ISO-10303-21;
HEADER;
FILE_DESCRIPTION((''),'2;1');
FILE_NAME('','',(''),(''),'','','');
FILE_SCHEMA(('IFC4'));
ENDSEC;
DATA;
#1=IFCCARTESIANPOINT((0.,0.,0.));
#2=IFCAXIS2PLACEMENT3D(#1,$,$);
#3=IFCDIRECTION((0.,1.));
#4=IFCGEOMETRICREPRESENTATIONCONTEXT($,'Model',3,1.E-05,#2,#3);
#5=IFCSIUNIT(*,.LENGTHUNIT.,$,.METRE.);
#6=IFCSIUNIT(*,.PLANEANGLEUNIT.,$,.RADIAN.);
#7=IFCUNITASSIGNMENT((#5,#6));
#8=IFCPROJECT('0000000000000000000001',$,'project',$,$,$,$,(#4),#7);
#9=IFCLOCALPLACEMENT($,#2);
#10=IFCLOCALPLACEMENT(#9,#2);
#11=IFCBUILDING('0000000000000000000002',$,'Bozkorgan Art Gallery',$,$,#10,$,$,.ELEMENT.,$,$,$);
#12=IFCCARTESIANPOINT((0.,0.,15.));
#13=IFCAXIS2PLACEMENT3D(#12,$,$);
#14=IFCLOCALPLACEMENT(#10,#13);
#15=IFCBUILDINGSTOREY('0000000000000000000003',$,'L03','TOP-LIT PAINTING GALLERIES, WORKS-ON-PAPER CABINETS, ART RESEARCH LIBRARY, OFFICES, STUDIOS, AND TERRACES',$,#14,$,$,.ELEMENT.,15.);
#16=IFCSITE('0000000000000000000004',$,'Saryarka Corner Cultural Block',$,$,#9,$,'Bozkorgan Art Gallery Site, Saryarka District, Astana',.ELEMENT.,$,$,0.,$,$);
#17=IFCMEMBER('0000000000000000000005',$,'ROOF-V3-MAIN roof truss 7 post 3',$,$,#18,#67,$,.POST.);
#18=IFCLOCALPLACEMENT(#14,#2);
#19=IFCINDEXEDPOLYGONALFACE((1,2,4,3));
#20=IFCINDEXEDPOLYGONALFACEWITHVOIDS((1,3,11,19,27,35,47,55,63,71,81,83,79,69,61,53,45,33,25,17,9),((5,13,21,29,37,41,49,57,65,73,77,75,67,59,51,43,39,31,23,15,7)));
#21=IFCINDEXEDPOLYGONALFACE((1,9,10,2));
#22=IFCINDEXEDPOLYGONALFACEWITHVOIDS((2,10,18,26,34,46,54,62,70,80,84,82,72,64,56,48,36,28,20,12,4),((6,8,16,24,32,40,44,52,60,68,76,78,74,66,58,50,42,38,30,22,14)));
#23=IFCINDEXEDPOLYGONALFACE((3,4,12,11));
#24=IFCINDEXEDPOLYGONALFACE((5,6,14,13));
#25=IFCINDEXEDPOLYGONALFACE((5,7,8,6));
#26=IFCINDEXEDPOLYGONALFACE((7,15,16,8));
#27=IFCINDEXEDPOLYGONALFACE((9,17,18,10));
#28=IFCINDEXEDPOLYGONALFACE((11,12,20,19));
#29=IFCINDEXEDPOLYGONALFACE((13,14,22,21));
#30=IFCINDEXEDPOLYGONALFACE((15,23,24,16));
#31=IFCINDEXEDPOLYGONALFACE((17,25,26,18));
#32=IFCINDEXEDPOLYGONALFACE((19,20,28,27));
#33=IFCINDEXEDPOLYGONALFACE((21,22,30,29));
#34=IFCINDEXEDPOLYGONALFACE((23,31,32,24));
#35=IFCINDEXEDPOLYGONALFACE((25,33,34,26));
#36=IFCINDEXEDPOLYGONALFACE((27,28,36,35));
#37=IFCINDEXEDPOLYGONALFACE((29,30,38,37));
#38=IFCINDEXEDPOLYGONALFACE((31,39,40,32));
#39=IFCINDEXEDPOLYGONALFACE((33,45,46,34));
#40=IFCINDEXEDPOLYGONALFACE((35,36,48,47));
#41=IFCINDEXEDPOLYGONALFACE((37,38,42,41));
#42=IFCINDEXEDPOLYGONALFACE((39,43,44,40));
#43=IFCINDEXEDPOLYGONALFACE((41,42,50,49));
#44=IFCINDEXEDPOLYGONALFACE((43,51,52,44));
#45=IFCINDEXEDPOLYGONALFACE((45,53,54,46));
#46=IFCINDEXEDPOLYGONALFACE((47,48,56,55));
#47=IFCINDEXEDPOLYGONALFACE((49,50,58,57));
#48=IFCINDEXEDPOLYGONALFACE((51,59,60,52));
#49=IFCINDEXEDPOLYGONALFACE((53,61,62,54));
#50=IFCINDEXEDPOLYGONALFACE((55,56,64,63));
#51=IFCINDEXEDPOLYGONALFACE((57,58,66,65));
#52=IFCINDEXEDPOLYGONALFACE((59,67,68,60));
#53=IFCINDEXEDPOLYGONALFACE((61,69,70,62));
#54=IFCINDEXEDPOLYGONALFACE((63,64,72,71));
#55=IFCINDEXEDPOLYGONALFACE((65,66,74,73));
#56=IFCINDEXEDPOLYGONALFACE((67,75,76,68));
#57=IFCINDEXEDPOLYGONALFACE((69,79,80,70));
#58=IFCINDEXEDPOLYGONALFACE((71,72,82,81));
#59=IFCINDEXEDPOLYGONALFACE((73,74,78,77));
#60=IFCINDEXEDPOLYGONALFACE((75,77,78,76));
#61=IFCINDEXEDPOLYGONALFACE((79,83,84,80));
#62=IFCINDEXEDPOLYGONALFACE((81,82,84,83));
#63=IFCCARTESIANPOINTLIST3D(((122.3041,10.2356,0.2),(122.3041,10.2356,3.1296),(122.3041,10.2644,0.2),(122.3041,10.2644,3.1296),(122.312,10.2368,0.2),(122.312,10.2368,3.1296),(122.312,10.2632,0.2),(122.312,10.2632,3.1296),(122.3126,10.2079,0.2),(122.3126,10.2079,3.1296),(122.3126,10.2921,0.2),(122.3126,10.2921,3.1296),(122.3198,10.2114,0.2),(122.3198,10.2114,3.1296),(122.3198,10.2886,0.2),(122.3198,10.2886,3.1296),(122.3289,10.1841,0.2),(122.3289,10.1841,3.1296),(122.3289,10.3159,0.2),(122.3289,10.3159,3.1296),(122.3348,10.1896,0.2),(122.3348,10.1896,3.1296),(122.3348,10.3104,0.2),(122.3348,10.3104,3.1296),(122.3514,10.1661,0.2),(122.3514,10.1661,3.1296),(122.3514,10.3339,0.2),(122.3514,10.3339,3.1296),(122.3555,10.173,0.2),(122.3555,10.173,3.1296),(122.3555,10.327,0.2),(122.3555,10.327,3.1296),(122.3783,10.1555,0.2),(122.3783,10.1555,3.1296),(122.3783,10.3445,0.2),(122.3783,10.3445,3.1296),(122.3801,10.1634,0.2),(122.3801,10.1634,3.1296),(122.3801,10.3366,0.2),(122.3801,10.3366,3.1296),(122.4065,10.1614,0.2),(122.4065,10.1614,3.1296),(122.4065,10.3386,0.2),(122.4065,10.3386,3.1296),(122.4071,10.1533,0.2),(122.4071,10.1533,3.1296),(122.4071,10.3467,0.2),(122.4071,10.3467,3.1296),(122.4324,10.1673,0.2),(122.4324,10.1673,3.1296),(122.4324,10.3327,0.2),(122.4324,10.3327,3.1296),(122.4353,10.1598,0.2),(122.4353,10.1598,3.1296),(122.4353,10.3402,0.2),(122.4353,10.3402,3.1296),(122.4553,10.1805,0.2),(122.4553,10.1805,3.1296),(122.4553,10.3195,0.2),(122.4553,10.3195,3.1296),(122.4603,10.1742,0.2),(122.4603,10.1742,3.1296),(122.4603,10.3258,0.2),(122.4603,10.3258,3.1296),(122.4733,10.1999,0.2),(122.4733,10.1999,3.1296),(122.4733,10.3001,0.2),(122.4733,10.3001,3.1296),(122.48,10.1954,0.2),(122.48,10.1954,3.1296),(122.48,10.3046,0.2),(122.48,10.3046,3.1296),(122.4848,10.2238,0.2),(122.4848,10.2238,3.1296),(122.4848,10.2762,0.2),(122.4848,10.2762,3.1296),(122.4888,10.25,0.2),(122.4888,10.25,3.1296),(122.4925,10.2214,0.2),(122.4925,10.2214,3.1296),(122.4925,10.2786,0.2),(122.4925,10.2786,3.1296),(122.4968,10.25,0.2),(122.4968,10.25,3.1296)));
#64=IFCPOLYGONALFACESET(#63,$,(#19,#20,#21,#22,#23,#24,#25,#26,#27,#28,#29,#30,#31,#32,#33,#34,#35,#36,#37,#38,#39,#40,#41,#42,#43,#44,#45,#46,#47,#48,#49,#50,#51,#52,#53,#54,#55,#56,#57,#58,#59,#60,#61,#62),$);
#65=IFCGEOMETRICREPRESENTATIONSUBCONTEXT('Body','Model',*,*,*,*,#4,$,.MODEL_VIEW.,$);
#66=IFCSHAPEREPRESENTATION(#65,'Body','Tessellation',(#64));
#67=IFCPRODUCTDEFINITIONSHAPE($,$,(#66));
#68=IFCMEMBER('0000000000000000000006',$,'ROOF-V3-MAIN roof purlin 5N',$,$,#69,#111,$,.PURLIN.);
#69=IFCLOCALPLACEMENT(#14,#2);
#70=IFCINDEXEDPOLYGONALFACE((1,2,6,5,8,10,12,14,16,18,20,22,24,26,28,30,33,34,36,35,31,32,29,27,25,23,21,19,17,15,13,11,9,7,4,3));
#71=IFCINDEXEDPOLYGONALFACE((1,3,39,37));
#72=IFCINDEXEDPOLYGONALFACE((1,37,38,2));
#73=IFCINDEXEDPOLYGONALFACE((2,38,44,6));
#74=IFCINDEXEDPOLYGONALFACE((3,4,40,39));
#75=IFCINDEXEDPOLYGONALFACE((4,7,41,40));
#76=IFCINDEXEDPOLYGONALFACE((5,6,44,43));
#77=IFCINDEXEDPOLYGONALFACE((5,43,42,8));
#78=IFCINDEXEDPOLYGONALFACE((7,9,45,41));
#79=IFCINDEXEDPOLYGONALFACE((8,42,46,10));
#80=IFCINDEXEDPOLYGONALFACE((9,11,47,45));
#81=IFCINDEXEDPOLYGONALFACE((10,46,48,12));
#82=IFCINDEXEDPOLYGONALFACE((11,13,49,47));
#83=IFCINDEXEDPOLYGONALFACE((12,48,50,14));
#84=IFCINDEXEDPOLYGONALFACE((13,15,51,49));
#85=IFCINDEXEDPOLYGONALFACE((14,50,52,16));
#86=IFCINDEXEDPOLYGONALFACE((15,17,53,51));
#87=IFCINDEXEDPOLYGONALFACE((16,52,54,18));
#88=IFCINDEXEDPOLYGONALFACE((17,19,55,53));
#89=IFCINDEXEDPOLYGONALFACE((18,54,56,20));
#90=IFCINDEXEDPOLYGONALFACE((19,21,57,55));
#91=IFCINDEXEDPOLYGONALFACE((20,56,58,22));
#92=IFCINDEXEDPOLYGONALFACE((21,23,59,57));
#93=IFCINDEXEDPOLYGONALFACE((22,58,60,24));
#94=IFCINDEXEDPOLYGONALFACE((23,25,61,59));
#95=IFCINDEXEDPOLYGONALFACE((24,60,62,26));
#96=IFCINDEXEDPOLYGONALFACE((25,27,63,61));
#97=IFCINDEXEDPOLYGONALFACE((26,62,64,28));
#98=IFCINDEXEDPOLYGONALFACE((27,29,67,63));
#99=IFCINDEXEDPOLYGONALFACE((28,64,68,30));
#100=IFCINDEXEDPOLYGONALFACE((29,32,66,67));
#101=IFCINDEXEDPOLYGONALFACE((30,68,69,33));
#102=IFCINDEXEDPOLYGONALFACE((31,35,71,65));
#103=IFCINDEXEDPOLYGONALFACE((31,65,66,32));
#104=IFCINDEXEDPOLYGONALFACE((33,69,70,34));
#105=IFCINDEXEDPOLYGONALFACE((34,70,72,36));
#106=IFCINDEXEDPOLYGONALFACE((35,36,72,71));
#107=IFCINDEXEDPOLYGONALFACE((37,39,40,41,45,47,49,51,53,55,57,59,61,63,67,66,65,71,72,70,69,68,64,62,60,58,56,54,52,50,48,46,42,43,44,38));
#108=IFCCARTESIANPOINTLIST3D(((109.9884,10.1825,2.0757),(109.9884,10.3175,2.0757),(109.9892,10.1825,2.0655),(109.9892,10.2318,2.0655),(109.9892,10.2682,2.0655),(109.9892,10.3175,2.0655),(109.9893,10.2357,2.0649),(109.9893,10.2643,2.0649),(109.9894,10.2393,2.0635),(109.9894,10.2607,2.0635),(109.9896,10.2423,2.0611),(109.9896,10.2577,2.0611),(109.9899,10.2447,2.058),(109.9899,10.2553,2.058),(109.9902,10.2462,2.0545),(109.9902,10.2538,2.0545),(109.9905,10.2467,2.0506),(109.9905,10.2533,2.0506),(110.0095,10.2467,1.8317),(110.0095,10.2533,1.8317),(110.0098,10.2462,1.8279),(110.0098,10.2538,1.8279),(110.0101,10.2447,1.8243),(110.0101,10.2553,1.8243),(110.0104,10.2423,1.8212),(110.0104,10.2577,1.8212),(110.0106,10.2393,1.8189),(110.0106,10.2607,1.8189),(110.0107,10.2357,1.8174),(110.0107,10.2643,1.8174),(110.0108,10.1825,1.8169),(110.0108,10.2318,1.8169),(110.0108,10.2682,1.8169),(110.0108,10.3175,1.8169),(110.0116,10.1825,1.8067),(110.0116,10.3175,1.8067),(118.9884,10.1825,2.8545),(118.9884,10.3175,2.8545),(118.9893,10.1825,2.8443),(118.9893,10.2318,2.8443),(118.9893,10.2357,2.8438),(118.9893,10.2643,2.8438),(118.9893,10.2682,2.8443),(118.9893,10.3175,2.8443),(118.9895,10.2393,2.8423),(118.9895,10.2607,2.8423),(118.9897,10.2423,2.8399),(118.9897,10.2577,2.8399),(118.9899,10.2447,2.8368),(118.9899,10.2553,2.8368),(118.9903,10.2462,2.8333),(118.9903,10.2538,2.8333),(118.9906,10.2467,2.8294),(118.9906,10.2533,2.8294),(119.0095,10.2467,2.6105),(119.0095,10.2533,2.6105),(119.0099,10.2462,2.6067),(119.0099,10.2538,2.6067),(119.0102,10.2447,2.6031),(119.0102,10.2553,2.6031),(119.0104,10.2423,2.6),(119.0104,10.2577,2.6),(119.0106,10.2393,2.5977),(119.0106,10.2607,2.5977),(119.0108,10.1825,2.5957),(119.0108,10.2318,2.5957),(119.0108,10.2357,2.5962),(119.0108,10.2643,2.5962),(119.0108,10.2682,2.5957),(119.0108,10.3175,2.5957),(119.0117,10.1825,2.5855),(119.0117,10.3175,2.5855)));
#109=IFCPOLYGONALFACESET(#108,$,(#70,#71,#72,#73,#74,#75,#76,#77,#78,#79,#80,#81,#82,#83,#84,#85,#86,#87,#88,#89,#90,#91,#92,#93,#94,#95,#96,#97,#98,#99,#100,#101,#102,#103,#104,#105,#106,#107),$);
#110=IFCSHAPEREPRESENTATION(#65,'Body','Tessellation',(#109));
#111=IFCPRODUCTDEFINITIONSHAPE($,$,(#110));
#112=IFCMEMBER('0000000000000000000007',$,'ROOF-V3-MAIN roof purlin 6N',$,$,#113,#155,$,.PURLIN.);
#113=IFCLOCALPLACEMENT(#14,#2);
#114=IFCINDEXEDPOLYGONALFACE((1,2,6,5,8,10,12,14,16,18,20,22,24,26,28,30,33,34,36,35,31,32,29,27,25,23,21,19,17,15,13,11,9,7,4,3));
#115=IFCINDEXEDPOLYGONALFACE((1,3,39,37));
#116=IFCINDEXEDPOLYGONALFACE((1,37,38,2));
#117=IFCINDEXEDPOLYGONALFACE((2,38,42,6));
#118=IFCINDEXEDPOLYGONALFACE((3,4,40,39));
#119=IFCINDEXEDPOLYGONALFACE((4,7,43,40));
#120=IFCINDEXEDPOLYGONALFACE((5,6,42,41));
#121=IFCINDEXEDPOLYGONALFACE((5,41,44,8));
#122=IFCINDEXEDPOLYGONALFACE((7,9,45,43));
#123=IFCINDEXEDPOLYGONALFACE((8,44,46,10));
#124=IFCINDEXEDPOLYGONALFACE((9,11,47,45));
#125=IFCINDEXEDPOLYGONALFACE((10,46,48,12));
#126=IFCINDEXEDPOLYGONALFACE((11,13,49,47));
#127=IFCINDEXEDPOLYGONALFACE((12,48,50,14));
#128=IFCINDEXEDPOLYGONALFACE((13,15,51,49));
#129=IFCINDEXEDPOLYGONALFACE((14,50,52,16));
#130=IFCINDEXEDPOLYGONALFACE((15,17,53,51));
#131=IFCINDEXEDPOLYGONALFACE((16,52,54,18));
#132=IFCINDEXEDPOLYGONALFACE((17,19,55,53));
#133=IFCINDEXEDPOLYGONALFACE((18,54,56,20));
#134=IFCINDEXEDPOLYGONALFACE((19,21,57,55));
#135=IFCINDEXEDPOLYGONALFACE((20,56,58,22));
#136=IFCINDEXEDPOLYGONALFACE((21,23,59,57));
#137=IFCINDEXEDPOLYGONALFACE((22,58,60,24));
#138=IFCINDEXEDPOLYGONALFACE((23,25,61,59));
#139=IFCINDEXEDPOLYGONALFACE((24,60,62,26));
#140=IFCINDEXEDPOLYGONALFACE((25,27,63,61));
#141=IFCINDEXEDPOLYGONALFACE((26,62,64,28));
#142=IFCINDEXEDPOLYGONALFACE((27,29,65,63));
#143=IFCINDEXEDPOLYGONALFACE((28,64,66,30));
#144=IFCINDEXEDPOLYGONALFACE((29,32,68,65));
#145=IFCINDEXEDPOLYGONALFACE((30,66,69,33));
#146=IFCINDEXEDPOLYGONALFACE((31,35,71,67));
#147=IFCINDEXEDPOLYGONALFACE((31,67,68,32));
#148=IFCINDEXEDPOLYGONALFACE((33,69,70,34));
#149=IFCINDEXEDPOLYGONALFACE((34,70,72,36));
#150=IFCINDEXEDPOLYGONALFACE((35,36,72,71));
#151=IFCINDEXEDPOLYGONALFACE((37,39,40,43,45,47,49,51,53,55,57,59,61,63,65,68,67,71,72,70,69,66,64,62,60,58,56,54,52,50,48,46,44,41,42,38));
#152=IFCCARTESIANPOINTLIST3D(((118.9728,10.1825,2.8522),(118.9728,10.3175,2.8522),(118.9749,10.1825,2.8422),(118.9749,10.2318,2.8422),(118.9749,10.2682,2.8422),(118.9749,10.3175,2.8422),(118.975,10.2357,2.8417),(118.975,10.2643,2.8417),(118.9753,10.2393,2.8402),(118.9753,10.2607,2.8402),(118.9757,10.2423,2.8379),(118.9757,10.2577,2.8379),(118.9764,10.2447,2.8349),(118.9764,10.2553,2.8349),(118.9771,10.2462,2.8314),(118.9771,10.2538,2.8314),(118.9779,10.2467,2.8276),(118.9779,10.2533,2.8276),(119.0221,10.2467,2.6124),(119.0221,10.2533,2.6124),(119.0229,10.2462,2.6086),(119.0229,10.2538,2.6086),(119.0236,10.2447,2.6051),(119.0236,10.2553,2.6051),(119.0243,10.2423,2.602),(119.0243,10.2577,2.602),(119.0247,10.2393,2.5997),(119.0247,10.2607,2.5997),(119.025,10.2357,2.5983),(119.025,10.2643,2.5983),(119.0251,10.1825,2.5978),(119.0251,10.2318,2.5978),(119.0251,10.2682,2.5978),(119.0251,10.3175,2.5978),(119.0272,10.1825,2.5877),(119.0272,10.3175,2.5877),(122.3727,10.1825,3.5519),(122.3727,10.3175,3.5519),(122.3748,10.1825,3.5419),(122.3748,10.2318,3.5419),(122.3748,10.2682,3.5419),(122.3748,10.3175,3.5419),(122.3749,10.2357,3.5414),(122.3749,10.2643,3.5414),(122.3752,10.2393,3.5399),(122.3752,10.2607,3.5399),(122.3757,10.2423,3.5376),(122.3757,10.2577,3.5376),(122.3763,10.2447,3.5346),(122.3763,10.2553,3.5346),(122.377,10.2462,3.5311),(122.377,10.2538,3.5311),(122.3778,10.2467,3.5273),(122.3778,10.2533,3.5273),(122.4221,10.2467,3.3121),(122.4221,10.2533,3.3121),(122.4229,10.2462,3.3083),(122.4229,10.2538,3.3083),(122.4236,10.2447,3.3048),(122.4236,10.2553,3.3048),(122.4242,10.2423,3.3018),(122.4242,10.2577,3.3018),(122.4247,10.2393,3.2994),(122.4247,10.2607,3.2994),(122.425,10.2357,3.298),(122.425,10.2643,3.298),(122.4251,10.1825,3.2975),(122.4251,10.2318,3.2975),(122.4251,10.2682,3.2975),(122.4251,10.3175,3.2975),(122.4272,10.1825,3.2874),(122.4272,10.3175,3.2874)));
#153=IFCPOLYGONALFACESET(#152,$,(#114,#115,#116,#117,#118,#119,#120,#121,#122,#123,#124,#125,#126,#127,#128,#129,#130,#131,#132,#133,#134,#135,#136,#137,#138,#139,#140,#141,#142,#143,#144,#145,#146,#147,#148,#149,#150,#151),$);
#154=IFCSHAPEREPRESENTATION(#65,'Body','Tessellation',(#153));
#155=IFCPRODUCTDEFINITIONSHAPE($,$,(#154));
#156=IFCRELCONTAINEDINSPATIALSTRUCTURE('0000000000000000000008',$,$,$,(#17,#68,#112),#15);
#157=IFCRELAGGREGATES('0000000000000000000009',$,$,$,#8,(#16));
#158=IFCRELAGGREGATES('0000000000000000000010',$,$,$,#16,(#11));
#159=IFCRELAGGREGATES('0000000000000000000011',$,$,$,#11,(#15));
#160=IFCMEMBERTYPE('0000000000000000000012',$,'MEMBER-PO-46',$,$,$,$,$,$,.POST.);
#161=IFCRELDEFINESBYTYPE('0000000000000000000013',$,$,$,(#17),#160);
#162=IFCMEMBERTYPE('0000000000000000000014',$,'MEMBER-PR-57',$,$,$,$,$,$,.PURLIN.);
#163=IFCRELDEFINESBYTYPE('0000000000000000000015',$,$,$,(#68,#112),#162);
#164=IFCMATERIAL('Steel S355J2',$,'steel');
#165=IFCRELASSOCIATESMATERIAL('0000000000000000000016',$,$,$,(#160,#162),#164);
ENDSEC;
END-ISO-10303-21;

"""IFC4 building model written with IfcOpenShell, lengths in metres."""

from ifc_helpers import new_model, si_unit, direction, frame, origin, origin_2d, place, context, subcontext, project, spatial, hollow_circle, i_section, extrude, material, material_profile, profile_set, type_object, element, save


model = new_model("IFC4")

# Units and contexts
model_context = context("Model", 3, precision=1e-05, world=origin(), true_north=direction((0.0, 1.0)))
body_context = subcontext(model_context, "Body", "Model", "MODEL_VIEW")
ifc_project = project(units=[si_unit("LENGTHUNIT", "METRE"), si_unit("PLANEANGLEUNIT", "RADIAN")], contexts=[model_context])

# Site, building, storey
site_placement = place(None, origin())
site = spatial("IfcSite", under=ifc_project, at=site_placement, Name="Saryarka Corner Cultural Block", LongName="Bozkorgan Art Gallery Site, Saryarka District, Astana", CompositionType="ELEMENT", RefElevation=0.0)
building_placement = place(site_placement, origin())
building = spatial("IfcBuilding", under=site, at=building_placement, Name="Bozkorgan Art Gallery", CompositionType="ELEMENT")
storey_placement = place(building_placement, frame((0.0, 0.0, 15.0)))
storey = spatial("IfcBuildingStorey", under=building, at=storey_placement, Name="L03", Description="TOP-LIT PAINTING GALLERIES, WORKS-ON-PAPER CABINETS, ART RESEARCH LIBRARY, OFFICES, STUDIOS, AND TERRACES", CompositionType="ELEMENT", Elevation=15.0)

# Shared definitions
ifc_material_1 = material(Name="Steel S355J2", Category="steel")

# Members
ifc_material_profile_1 = material_profile(ifc_material_1, hollow_circle(Radius=0.0969, WallThickness=0.0081, at=origin_2d()), Name="CHS 193.7x8")
ifc_profile_set_1 = profile_set([ifc_material_profile_1], Name="Steel S355J2")
member_type_1 = type_object("IfcMemberType", Name="MEMBER-PO-46", PredefinedType="POST", material=ifc_profile_set_1)
member_1_placement = place(storey_placement, frame((122.3999, 10.25, 0.2), z_axis=(0.0, 0.0, 1.0), x_axis=(1.0, 0.0, 0.0)))
element("IfcMember", 1, at=member_1_placement, inside=storey, type_object=member_type_1, Name="ROOF-V3-MAIN roof truss 7 post 3", PredefinedType="POST", context=body_context, shape_type="SweptSolid", body=[
    extrude(hollow_circle(Radius=0.0969, WallThickness=0.0081, at=origin_2d()), origin(), (0.0, 0.0, 1.0), 2.9297),
])
ifc_material_profile_2 = material_profile(ifc_material_1, i_section(OverallWidth=0.135, OverallDepth=0.27, WebThickness=0.0066, FlangeThickness=0.0103, FilletRadius=0.0149, at=origin_2d()), Name="IPE 270")
ifc_profile_set_2 = profile_set([ifc_material_profile_2], Name="Steel S355J2")
member_type_2 = type_object("IfcMemberType", Name="MEMBER-PR-57", PredefinedType="PURLIN", material=ifc_profile_set_2)
member_2_placement = place(storey_placement, frame((110.0, 10.25, 1.9412), z_axis=(0.996277, 0.0, 0.086212), x_axis=(0.0, 1.0, 0.0)))
element("IfcMember", 2, at=member_2_placement, inside=storey, type_object=member_type_2, Name="ROOF-V3-MAIN roof purlin 5N", PredefinedType="PURLIN", context=body_context, shape_type="SweptSolid", body=[
    extrude(i_section(OverallWidth=0.135, OverallDepth=0.27, WebThickness=0.0066, FlangeThickness=0.0103, FilletRadius=0.0149, at=origin_2d()), origin(), (0.0, 0.0, 1.0), 9.0337),
])
member_3_placement = place(storey_placement, frame((119.0, 10.25, 2.72), z_axis=(0.979473, 0.0, 0.201578), x_axis=(0.0, 1.0, 0.0)))
element("IfcMember", 3, at=member_3_placement, inside=storey, type_object=member_type_2, Name="ROOF-V3-MAIN roof purlin 6N", PredefinedType="PURLIN", context=body_context, shape_type="SweptSolid", body=[
    extrude(i_section(OverallWidth=0.135, OverallDepth=0.27, WebThickness=0.0066, FlangeThickness=0.0103, FilletRadius=0.0149, at=origin_2d()), origin(), (0.0, 0.0, 1.0), 3.4712),
])

save(model, "model.ifc")
